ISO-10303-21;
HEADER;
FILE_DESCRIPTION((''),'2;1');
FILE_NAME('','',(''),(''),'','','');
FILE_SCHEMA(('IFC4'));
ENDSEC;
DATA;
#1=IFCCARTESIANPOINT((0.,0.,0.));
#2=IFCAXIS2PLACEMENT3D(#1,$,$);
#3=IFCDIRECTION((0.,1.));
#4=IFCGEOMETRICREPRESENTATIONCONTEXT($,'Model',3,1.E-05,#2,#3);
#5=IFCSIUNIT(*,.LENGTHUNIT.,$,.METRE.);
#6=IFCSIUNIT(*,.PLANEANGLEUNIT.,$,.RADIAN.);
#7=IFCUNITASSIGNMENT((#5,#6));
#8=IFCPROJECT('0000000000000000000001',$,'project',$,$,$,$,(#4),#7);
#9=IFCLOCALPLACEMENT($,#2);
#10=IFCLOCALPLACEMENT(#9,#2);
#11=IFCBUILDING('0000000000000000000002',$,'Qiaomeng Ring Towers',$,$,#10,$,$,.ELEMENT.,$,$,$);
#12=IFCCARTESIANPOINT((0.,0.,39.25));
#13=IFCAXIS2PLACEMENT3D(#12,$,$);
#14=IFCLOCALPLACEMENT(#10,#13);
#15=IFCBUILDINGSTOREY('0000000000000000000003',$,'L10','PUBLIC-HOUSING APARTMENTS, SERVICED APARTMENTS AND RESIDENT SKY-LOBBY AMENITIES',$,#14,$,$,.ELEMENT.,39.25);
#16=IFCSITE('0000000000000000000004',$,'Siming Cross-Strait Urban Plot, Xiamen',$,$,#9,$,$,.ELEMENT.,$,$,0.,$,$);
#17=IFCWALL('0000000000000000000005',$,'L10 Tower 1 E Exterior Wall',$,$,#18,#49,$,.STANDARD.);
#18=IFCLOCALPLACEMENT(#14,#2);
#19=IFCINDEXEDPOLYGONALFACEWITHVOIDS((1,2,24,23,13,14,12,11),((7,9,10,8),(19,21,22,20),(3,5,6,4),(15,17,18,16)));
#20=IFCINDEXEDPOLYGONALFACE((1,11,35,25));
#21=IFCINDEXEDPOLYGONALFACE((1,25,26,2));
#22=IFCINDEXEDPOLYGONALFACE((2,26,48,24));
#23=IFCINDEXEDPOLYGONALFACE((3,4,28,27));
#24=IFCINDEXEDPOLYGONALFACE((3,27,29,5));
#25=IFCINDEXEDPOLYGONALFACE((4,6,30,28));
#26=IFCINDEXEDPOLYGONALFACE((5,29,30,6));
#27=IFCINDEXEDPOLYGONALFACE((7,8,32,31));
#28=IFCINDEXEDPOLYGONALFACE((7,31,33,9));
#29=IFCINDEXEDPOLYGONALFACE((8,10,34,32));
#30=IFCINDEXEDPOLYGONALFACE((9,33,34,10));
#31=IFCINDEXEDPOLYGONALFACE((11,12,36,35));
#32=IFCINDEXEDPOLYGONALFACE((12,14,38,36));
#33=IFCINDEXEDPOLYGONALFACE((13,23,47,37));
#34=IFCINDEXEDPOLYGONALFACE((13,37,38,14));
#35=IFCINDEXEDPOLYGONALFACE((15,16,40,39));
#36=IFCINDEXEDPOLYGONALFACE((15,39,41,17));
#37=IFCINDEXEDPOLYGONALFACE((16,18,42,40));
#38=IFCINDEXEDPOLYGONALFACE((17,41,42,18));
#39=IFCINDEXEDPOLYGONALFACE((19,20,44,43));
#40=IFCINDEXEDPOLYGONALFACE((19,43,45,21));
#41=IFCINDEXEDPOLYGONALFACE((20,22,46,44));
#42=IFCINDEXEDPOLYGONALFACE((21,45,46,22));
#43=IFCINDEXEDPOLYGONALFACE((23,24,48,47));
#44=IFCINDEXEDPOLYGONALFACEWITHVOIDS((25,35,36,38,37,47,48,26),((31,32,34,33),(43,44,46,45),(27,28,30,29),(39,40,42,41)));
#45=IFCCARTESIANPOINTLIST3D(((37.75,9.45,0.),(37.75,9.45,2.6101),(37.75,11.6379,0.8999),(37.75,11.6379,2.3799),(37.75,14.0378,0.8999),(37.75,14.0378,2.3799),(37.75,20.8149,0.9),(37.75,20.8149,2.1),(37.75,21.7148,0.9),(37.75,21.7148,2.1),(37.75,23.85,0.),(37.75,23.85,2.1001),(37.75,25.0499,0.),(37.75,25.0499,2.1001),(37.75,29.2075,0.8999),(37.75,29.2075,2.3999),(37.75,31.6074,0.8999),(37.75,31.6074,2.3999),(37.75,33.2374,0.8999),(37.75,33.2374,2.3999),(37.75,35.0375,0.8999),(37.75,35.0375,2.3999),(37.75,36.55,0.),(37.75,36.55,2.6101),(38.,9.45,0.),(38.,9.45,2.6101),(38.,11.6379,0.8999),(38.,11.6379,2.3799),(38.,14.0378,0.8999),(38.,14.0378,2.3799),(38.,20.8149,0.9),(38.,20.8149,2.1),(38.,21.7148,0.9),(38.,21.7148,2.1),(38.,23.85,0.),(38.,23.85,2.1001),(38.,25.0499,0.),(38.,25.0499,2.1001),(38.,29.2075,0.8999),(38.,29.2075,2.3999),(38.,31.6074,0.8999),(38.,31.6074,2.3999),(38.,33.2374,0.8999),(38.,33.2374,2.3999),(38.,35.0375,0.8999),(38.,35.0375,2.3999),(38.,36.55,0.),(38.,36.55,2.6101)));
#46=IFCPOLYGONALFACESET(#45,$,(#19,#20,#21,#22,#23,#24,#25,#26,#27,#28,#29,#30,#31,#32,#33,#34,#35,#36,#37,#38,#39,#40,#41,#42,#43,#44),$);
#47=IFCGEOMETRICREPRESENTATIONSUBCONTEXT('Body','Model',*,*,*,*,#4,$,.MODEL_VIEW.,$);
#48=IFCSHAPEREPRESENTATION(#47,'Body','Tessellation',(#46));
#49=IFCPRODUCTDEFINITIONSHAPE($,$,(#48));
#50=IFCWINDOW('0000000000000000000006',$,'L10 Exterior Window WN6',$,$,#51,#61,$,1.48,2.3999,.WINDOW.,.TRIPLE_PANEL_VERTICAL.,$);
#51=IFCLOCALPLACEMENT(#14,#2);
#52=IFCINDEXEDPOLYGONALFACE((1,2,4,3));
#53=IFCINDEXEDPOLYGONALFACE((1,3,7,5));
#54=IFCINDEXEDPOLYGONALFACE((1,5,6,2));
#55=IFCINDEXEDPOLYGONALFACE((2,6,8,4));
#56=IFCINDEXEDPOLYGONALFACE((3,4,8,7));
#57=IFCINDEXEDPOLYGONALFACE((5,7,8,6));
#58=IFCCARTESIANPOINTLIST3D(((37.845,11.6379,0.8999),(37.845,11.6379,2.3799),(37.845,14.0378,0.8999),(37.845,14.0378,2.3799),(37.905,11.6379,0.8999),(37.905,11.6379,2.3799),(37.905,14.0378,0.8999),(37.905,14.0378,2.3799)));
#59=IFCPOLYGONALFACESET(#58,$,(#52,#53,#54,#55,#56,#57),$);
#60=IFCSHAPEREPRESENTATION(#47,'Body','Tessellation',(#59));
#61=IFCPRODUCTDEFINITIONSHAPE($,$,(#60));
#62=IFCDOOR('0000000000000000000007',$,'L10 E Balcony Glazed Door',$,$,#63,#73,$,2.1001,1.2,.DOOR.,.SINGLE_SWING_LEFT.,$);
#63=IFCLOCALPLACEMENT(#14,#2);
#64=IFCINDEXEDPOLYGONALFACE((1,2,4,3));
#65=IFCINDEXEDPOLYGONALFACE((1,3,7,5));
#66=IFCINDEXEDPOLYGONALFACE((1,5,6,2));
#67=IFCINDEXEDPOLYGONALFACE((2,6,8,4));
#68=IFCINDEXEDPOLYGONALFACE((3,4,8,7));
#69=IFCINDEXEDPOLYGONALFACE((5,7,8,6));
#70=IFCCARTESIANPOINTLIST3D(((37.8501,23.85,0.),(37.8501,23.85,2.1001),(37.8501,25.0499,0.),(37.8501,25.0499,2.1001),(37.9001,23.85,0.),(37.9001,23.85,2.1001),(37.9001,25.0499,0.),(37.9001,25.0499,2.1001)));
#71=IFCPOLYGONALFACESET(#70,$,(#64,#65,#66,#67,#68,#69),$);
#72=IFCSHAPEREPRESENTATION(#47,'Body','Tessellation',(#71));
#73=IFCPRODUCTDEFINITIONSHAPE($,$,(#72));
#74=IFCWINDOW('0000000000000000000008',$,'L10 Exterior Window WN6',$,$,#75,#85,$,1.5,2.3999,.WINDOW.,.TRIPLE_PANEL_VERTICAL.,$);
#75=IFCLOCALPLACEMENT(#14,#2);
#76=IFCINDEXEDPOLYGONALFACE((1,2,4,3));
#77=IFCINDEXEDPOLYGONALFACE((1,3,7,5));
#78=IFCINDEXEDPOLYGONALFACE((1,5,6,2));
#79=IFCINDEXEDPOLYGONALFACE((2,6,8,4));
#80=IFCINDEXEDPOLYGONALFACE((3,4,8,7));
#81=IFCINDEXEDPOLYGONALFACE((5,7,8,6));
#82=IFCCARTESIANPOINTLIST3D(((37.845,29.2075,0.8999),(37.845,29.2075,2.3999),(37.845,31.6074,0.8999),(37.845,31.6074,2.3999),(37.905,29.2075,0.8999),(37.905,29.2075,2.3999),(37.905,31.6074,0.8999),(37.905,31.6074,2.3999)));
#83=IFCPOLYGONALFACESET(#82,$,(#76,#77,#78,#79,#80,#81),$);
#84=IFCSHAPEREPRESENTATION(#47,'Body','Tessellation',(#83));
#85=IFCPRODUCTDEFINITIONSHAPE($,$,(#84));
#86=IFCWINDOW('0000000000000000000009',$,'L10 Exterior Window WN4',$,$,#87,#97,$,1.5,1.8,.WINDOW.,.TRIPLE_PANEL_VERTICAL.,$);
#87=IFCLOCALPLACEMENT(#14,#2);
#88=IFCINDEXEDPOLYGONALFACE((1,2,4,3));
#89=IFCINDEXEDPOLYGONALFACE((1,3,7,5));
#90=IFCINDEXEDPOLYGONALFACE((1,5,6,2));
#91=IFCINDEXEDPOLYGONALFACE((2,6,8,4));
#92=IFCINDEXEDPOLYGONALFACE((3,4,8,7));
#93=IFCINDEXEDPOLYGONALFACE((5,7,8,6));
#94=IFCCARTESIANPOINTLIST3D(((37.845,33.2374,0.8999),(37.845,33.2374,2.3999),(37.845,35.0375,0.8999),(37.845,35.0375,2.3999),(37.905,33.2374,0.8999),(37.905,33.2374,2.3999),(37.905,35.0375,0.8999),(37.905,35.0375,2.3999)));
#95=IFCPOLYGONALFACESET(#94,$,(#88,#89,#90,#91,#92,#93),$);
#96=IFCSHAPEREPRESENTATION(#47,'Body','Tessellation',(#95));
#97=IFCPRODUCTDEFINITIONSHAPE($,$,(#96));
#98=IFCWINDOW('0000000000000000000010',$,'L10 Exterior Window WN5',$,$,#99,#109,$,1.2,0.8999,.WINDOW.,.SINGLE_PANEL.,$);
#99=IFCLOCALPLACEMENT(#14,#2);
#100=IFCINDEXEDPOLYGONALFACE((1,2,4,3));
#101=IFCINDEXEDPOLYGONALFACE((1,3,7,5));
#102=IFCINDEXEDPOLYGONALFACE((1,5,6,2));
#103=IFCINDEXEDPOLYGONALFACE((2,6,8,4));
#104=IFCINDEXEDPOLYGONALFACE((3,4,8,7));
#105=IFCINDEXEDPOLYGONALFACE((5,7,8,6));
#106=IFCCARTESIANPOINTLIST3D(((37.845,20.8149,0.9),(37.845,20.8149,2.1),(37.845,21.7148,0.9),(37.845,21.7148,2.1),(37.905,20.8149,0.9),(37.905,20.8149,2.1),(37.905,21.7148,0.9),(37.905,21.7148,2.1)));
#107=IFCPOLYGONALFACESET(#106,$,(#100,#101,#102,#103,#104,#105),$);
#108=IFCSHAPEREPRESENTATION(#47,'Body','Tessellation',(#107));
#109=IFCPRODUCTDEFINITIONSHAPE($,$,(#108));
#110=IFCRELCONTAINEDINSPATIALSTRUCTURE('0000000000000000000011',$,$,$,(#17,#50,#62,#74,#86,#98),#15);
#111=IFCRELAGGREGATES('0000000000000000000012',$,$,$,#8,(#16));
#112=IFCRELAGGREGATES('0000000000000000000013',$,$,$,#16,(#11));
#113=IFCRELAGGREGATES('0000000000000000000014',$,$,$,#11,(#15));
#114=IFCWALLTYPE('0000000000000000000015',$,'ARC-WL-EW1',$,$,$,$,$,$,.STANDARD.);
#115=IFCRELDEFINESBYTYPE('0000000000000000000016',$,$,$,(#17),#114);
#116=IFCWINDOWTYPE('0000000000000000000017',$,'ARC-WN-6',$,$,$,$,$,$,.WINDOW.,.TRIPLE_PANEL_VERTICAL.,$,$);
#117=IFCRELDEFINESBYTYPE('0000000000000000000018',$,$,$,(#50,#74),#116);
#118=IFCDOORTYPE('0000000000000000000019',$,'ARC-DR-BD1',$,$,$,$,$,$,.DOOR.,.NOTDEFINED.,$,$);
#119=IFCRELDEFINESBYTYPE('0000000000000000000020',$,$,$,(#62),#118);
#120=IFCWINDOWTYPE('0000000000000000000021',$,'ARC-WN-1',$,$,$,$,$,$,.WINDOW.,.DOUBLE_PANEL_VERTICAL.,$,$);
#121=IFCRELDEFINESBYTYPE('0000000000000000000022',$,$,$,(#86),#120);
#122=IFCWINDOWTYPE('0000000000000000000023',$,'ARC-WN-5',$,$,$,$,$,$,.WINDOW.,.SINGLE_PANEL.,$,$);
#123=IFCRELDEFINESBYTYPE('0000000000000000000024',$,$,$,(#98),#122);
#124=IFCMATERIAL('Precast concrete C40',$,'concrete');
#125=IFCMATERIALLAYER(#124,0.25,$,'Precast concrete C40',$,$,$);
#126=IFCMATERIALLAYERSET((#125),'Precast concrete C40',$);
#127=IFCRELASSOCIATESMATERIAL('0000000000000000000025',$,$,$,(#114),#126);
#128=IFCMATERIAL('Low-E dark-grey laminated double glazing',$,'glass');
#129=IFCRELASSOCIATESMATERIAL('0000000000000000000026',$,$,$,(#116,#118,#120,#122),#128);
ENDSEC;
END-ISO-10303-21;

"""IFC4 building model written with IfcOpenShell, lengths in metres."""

from ifc_helpers import new_model, si_unit, direction, frame, frame_2d, origin, place, context, subcontext, project, spatial, rectangle, extrude, source, transform, mapped, material, layer, layer_set, type_object, element, fill, save


model = new_model("IFC4")

# Units and contexts
model_context = context("Model", 3, precision=1e-05, world=origin(), true_north=direction((0.0, 1.0)))
body_context = subcontext(model_context, "Body", "Model", "MODEL_VIEW")
ifc_project = project(units=[si_unit("LENGTHUNIT", "METRE"), si_unit("PLANEANGLEUNIT", "RADIAN")], contexts=[model_context])

# Site, building, storey
site_placement = place(None, origin())
site = spatial("IfcSite", under=ifc_project, at=site_placement, Name="Siming Cross-Strait Urban Plot, Xiamen", CompositionType="ELEMENT", RefElevation=0.0)
building_placement = place(site_placement, origin())
building = spatial("IfcBuilding", under=site, at=building_placement, Name="Qiaomeng Ring Towers", CompositionType="ELEMENT")
storey_placement = place(building_placement, frame((0.0, 0.0, 39.25)))
storey = spatial("IfcBuildingStorey", under=building, at=storey_placement, Name="L10", Description="PUBLIC-HOUSING APARTMENTS, SERVICED APARTMENTS AND RESIDENT SKY-LOBBY AMENITIES", CompositionType="ELEMENT", Elevation=39.25)

# Shared definitions
ifc_material_1 = material(Name="Low-E dark-grey laminated double glazing", Category="glass")

# Wall, openings, windows, door
ifc_material_2 = material(Name="Precast concrete C40", Category="concrete")
ifc_layer_1 = layer(ifc_material_2, 0.25, Name="Precast concrete C40")
ifc_layer_set_1 = layer_set([ifc_layer_1], Name="Precast concrete C40")
wall_type_1 = type_object("IfcWallType", Name="ARC-WL-EW1", PredefinedType="STANDARD", material=ifc_layer_set_1)
wall_1_placement = place(storey_placement, frame((37.875, 9.45, 0.0), z_axis=(0.0, 0.0, 1.0), x_axis=(0.0, 1.0, 0.0)))
wall_1 = element("IfcWall", 1, at=wall_1_placement, inside=storey, type_object=wall_type_1, Name="L10 Tower 1 E Exterior Wall", PredefinedType="STANDARD", context=body_context, shape_type="SweptSolid", body=[
    extrude(rectangle(XDim=27.1001, YDim=0.25, at=frame_2d((13.55, 0.0))), origin(), (0.0, 0.0, 1.0), 2.6101),
])
opening_1_placement = place(wall_1_placement, frame((14.3999, 0.0, 0.0)))
opening_1 = element("IfcOpeningElement", 2, at=opening_1_placement, cuts=wall_1, PredefinedType="OPENING", context=body_context, shape_type="SweptSolid", body=[
    extrude(rectangle(XDim=1.2, YDim=2.1001, at=frame_2d((0.6001, 1.05))), frame((0.0, 0.135, 0.0), z_axis=(0.0, -1.0, 0.0), x_axis=(1.0, 0.0, 0.0)), (0.0, 0.0, 1.0), 0.27),
])
opening_2_placement = place(wall_1_placement, frame((2.188, 0.0, 0.8999)))
opening_2 = element("IfcOpeningElement", 3, at=opening_2_placement, cuts=wall_1, PredefinedType="OPENING", context=body_context, shape_type="SweptSolid", body=[
    extrude(rectangle(XDim=2.3999, YDim=1.48, at=frame_2d((1.2, 0.74))), frame((0.0, 0.135, 0.0), z_axis=(0.0, -1.0, 0.0), x_axis=(1.0, 0.0, 0.0)), (0.0, 0.0, 1.0), 0.27),
])
opening_3_placement = place(wall_1_placement, frame((23.7876, 0.0, 0.8999)))
opening_3 = element("IfcOpeningElement", 4, at=opening_3_placement, cuts=wall_1, PredefinedType="OPENING", context=body_context, shape_type="SweptSolid", body=[
    extrude(rectangle(XDim=1.8, YDim=1.5, at=frame_2d((0.8999, 0.75))), frame((0.0, 0.135, 0.0), z_axis=(0.0, -1.0, 0.0), x_axis=(1.0, 0.0, 0.0)), (0.0, 0.0, 1.0), 0.27),
])
opening_4_placement = place(wall_1_placement, frame((19.7576, 0.0, 0.8999)))
opening_4 = element("IfcOpeningElement", 5, at=opening_4_placement, cuts=wall_1, PredefinedType="OPENING", context=body_context, shape_type="SweptSolid", body=[
    extrude(rectangle(XDim=2.3999, YDim=1.5, at=frame_2d((1.2, 0.75))), frame((0.0, 0.135, 0.0), z_axis=(0.0, -1.0, 0.0), x_axis=(1.0, 0.0, 0.0)), (0.0, 0.0, 1.0), 0.27),
])
opening_5_placement = place(wall_1_placement, frame((11.365, 0.0, 0.8999)))
opening_5 = element("IfcOpeningElement", 6, at=opening_5_placement, cuts=wall_1, PredefinedType="OPENING", context=body_context, shape_type="SweptSolid", body=[
    extrude(rectangle(XDim=0.8999, YDim=1.2, at=frame_2d((0.45, 0.6001))), frame((0.0, 0.135, 0.0), z_axis=(0.0, -1.0, 0.0), x_axis=(1.0, 0.0, 0.0)), (0.0, 0.0, 1.0), 0.27),
])
window_type_1 = type_object("IfcWindowType", Name="ARC-WN-6", PartitioningType="TRIPLE_PANEL_VERTICAL", PredefinedType="WINDOW", material=ifc_material_1)
shared_shape_1 = source(origin(), body_context, "Body", "SweptSolid", [
    extrude(rectangle(XDim=2.3999, YDim=1.48, at=frame_2d((1.2, 0.74))), frame((0.0, 0.03, 0.0), z_axis=(0.0, -1.0, 0.0), x_axis=(1.0, 0.0, 0.0)), (0.0, 0.0, 1.0), 0.0601),
])
window_1_placement = place(opening_2_placement, origin())
window_1 = element("IfcWindow", 7, at=window_1_placement, inside=storey, type_object=window_type_1, Name="L10 Exterior Window WN6", OverallHeight=1.48, OverallWidth=2.3999, PartitioningType="TRIPLE_PANEL_VERTICAL", PredefinedType="WINDOW", context=body_context, shape_type="MappedRepresentation", body=[
    mapped(shared_shape_1, transform((0.0, 0.0, 0.0), x_axis=(1.0, 0.0, 0.0), y_axis=(0.0, 1.0, 0.0), z_axis=(0.0, 0.0, 1.0), scale=1.0)),
])
fill(opening_2, window_1)
door_type_1 = type_object("IfcDoorType", Name="ARC-DR-BD1", OperationType="NOTDEFINED", PredefinedType="DOOR", material=ifc_material_1)
shared_shape_2 = source(origin(), body_context, "Body", "SweptSolid", [
    extrude(rectangle(XDim=1.2, YDim=2.1001, at=frame_2d((0.6001, 1.05))), frame((0.0, 0.0249, 0.0), z_axis=(0.0, -1.0, 0.0), x_axis=(1.0, 0.0, 0.0)), (0.0, 0.0, 1.0), 0.05),
])
door_1_placement = place(opening_1_placement, origin())
door_1 = element("IfcDoor", 8, at=door_1_placement, inside=storey, type_object=door_type_1, Name="L10 E Balcony Glazed Door", OperationType="SINGLE_SWING_LEFT", OverallHeight=2.1001, OverallWidth=1.2, PredefinedType="DOOR", context=body_context, shape_type="MappedRepresentation", body=[
    mapped(shared_shape_2, transform((0.0, 0.0, 0.0), x_axis=(1.0, 0.0, 0.0), y_axis=(0.0, 1.0, 0.0), z_axis=(0.0, 0.0, 1.0), scale=1.0)),
])
fill(opening_1, door_1)
shared_shape_3 = source(origin(), body_context, "Body", "SweptSolid", [
    extrude(rectangle(XDim=2.3999, YDim=1.5, at=frame_2d((1.2, 0.75))), frame((0.0, 0.03, 0.0), z_axis=(0.0, -1.0, 0.0), x_axis=(1.0, 0.0, 0.0)), (0.0, 0.0, 1.0), 0.0601),
])
window_2_placement = place(opening_4_placement, origin())
window_2 = element("IfcWindow", 9, at=window_2_placement, inside=storey, type_object=window_type_1, Name="L10 Exterior Window WN6", OverallHeight=1.5, OverallWidth=2.3999, PartitioningType="TRIPLE_PANEL_VERTICAL", PredefinedType="WINDOW", context=body_context, shape_type="MappedRepresentation", body=[
    mapped(shared_shape_3, transform((0.0, 0.0, 0.0), x_axis=(1.0, 0.0, 0.0), y_axis=(0.0, 1.0, 0.0), z_axis=(0.0, 0.0, 1.0), scale=1.0)),
])
fill(opening_4, window_2)
window_type_2 = type_object("IfcWindowType", Name="ARC-WN-1", PartitioningType="DOUBLE_PANEL_VERTICAL", PredefinedType="WINDOW", material=ifc_material_1)
shared_shape_4 = source(origin(), body_context, "Body", "SweptSolid", [
    extrude(rectangle(XDim=1.8, YDim=1.5, at=frame_2d((0.8999, 0.75))), frame((0.0, 0.03, 0.0), z_axis=(0.0, -1.0, 0.0), x_axis=(1.0, 0.0, 0.0)), (0.0, 0.0, 1.0), 0.0601),
])
window_3_placement = place(opening_3_placement, origin())
window_3 = element("IfcWindow", 10, at=window_3_placement, inside=storey, type_object=window_type_2, Name="L10 Exterior Window WN4", OverallHeight=1.5, OverallWidth=1.8, PartitioningType="TRIPLE_PANEL_VERTICAL", PredefinedType="WINDOW", context=body_context, shape_type="MappedRepresentation", body=[
    mapped(shared_shape_4, transform((0.0, 0.0, 0.0), x_axis=(1.0, 0.0, 0.0), y_axis=(0.0, 1.0, 0.0), z_axis=(0.0, 0.0, 1.0), scale=1.0)),
])
fill(opening_3, window_3)
window_type_3 = type_object("IfcWindowType", Name="ARC-WN-5", PartitioningType="SINGLE_PANEL", PredefinedType="WINDOW", material=ifc_material_1)
shared_shape_5 = source(origin(), body_context, "Body", "SweptSolid", [
    extrude(rectangle(XDim=0.8999, YDim=1.2, at=frame_2d((0.45, 0.6001))), frame((0.0, 0.03, 0.0), z_axis=(0.0, -1.0, 0.0), x_axis=(1.0, 0.0, 0.0)), (0.0, 0.0, 1.0), 0.0601),
])
window_4_placement = place(opening_5_placement, origin())
window_4 = element("IfcWindow", 11, at=window_4_placement, inside=storey, type_object=window_type_3, Name="L10 Exterior Window WN5", OverallHeight=1.2, OverallWidth=0.8999, PartitioningType="SINGLE_PANEL", PredefinedType="WINDOW", context=body_context, shape_type="MappedRepresentation", body=[
    mapped(shared_shape_5, transform((0.0, 0.0, 0.0), x_axis=(1.0, 0.0, 0.0), y_axis=(0.0, 1.0, 0.0), z_axis=(0.0, 0.0, 1.0), scale=1.0)),
])
fill(opening_5, window_4)

save(model, "model.ifc")
